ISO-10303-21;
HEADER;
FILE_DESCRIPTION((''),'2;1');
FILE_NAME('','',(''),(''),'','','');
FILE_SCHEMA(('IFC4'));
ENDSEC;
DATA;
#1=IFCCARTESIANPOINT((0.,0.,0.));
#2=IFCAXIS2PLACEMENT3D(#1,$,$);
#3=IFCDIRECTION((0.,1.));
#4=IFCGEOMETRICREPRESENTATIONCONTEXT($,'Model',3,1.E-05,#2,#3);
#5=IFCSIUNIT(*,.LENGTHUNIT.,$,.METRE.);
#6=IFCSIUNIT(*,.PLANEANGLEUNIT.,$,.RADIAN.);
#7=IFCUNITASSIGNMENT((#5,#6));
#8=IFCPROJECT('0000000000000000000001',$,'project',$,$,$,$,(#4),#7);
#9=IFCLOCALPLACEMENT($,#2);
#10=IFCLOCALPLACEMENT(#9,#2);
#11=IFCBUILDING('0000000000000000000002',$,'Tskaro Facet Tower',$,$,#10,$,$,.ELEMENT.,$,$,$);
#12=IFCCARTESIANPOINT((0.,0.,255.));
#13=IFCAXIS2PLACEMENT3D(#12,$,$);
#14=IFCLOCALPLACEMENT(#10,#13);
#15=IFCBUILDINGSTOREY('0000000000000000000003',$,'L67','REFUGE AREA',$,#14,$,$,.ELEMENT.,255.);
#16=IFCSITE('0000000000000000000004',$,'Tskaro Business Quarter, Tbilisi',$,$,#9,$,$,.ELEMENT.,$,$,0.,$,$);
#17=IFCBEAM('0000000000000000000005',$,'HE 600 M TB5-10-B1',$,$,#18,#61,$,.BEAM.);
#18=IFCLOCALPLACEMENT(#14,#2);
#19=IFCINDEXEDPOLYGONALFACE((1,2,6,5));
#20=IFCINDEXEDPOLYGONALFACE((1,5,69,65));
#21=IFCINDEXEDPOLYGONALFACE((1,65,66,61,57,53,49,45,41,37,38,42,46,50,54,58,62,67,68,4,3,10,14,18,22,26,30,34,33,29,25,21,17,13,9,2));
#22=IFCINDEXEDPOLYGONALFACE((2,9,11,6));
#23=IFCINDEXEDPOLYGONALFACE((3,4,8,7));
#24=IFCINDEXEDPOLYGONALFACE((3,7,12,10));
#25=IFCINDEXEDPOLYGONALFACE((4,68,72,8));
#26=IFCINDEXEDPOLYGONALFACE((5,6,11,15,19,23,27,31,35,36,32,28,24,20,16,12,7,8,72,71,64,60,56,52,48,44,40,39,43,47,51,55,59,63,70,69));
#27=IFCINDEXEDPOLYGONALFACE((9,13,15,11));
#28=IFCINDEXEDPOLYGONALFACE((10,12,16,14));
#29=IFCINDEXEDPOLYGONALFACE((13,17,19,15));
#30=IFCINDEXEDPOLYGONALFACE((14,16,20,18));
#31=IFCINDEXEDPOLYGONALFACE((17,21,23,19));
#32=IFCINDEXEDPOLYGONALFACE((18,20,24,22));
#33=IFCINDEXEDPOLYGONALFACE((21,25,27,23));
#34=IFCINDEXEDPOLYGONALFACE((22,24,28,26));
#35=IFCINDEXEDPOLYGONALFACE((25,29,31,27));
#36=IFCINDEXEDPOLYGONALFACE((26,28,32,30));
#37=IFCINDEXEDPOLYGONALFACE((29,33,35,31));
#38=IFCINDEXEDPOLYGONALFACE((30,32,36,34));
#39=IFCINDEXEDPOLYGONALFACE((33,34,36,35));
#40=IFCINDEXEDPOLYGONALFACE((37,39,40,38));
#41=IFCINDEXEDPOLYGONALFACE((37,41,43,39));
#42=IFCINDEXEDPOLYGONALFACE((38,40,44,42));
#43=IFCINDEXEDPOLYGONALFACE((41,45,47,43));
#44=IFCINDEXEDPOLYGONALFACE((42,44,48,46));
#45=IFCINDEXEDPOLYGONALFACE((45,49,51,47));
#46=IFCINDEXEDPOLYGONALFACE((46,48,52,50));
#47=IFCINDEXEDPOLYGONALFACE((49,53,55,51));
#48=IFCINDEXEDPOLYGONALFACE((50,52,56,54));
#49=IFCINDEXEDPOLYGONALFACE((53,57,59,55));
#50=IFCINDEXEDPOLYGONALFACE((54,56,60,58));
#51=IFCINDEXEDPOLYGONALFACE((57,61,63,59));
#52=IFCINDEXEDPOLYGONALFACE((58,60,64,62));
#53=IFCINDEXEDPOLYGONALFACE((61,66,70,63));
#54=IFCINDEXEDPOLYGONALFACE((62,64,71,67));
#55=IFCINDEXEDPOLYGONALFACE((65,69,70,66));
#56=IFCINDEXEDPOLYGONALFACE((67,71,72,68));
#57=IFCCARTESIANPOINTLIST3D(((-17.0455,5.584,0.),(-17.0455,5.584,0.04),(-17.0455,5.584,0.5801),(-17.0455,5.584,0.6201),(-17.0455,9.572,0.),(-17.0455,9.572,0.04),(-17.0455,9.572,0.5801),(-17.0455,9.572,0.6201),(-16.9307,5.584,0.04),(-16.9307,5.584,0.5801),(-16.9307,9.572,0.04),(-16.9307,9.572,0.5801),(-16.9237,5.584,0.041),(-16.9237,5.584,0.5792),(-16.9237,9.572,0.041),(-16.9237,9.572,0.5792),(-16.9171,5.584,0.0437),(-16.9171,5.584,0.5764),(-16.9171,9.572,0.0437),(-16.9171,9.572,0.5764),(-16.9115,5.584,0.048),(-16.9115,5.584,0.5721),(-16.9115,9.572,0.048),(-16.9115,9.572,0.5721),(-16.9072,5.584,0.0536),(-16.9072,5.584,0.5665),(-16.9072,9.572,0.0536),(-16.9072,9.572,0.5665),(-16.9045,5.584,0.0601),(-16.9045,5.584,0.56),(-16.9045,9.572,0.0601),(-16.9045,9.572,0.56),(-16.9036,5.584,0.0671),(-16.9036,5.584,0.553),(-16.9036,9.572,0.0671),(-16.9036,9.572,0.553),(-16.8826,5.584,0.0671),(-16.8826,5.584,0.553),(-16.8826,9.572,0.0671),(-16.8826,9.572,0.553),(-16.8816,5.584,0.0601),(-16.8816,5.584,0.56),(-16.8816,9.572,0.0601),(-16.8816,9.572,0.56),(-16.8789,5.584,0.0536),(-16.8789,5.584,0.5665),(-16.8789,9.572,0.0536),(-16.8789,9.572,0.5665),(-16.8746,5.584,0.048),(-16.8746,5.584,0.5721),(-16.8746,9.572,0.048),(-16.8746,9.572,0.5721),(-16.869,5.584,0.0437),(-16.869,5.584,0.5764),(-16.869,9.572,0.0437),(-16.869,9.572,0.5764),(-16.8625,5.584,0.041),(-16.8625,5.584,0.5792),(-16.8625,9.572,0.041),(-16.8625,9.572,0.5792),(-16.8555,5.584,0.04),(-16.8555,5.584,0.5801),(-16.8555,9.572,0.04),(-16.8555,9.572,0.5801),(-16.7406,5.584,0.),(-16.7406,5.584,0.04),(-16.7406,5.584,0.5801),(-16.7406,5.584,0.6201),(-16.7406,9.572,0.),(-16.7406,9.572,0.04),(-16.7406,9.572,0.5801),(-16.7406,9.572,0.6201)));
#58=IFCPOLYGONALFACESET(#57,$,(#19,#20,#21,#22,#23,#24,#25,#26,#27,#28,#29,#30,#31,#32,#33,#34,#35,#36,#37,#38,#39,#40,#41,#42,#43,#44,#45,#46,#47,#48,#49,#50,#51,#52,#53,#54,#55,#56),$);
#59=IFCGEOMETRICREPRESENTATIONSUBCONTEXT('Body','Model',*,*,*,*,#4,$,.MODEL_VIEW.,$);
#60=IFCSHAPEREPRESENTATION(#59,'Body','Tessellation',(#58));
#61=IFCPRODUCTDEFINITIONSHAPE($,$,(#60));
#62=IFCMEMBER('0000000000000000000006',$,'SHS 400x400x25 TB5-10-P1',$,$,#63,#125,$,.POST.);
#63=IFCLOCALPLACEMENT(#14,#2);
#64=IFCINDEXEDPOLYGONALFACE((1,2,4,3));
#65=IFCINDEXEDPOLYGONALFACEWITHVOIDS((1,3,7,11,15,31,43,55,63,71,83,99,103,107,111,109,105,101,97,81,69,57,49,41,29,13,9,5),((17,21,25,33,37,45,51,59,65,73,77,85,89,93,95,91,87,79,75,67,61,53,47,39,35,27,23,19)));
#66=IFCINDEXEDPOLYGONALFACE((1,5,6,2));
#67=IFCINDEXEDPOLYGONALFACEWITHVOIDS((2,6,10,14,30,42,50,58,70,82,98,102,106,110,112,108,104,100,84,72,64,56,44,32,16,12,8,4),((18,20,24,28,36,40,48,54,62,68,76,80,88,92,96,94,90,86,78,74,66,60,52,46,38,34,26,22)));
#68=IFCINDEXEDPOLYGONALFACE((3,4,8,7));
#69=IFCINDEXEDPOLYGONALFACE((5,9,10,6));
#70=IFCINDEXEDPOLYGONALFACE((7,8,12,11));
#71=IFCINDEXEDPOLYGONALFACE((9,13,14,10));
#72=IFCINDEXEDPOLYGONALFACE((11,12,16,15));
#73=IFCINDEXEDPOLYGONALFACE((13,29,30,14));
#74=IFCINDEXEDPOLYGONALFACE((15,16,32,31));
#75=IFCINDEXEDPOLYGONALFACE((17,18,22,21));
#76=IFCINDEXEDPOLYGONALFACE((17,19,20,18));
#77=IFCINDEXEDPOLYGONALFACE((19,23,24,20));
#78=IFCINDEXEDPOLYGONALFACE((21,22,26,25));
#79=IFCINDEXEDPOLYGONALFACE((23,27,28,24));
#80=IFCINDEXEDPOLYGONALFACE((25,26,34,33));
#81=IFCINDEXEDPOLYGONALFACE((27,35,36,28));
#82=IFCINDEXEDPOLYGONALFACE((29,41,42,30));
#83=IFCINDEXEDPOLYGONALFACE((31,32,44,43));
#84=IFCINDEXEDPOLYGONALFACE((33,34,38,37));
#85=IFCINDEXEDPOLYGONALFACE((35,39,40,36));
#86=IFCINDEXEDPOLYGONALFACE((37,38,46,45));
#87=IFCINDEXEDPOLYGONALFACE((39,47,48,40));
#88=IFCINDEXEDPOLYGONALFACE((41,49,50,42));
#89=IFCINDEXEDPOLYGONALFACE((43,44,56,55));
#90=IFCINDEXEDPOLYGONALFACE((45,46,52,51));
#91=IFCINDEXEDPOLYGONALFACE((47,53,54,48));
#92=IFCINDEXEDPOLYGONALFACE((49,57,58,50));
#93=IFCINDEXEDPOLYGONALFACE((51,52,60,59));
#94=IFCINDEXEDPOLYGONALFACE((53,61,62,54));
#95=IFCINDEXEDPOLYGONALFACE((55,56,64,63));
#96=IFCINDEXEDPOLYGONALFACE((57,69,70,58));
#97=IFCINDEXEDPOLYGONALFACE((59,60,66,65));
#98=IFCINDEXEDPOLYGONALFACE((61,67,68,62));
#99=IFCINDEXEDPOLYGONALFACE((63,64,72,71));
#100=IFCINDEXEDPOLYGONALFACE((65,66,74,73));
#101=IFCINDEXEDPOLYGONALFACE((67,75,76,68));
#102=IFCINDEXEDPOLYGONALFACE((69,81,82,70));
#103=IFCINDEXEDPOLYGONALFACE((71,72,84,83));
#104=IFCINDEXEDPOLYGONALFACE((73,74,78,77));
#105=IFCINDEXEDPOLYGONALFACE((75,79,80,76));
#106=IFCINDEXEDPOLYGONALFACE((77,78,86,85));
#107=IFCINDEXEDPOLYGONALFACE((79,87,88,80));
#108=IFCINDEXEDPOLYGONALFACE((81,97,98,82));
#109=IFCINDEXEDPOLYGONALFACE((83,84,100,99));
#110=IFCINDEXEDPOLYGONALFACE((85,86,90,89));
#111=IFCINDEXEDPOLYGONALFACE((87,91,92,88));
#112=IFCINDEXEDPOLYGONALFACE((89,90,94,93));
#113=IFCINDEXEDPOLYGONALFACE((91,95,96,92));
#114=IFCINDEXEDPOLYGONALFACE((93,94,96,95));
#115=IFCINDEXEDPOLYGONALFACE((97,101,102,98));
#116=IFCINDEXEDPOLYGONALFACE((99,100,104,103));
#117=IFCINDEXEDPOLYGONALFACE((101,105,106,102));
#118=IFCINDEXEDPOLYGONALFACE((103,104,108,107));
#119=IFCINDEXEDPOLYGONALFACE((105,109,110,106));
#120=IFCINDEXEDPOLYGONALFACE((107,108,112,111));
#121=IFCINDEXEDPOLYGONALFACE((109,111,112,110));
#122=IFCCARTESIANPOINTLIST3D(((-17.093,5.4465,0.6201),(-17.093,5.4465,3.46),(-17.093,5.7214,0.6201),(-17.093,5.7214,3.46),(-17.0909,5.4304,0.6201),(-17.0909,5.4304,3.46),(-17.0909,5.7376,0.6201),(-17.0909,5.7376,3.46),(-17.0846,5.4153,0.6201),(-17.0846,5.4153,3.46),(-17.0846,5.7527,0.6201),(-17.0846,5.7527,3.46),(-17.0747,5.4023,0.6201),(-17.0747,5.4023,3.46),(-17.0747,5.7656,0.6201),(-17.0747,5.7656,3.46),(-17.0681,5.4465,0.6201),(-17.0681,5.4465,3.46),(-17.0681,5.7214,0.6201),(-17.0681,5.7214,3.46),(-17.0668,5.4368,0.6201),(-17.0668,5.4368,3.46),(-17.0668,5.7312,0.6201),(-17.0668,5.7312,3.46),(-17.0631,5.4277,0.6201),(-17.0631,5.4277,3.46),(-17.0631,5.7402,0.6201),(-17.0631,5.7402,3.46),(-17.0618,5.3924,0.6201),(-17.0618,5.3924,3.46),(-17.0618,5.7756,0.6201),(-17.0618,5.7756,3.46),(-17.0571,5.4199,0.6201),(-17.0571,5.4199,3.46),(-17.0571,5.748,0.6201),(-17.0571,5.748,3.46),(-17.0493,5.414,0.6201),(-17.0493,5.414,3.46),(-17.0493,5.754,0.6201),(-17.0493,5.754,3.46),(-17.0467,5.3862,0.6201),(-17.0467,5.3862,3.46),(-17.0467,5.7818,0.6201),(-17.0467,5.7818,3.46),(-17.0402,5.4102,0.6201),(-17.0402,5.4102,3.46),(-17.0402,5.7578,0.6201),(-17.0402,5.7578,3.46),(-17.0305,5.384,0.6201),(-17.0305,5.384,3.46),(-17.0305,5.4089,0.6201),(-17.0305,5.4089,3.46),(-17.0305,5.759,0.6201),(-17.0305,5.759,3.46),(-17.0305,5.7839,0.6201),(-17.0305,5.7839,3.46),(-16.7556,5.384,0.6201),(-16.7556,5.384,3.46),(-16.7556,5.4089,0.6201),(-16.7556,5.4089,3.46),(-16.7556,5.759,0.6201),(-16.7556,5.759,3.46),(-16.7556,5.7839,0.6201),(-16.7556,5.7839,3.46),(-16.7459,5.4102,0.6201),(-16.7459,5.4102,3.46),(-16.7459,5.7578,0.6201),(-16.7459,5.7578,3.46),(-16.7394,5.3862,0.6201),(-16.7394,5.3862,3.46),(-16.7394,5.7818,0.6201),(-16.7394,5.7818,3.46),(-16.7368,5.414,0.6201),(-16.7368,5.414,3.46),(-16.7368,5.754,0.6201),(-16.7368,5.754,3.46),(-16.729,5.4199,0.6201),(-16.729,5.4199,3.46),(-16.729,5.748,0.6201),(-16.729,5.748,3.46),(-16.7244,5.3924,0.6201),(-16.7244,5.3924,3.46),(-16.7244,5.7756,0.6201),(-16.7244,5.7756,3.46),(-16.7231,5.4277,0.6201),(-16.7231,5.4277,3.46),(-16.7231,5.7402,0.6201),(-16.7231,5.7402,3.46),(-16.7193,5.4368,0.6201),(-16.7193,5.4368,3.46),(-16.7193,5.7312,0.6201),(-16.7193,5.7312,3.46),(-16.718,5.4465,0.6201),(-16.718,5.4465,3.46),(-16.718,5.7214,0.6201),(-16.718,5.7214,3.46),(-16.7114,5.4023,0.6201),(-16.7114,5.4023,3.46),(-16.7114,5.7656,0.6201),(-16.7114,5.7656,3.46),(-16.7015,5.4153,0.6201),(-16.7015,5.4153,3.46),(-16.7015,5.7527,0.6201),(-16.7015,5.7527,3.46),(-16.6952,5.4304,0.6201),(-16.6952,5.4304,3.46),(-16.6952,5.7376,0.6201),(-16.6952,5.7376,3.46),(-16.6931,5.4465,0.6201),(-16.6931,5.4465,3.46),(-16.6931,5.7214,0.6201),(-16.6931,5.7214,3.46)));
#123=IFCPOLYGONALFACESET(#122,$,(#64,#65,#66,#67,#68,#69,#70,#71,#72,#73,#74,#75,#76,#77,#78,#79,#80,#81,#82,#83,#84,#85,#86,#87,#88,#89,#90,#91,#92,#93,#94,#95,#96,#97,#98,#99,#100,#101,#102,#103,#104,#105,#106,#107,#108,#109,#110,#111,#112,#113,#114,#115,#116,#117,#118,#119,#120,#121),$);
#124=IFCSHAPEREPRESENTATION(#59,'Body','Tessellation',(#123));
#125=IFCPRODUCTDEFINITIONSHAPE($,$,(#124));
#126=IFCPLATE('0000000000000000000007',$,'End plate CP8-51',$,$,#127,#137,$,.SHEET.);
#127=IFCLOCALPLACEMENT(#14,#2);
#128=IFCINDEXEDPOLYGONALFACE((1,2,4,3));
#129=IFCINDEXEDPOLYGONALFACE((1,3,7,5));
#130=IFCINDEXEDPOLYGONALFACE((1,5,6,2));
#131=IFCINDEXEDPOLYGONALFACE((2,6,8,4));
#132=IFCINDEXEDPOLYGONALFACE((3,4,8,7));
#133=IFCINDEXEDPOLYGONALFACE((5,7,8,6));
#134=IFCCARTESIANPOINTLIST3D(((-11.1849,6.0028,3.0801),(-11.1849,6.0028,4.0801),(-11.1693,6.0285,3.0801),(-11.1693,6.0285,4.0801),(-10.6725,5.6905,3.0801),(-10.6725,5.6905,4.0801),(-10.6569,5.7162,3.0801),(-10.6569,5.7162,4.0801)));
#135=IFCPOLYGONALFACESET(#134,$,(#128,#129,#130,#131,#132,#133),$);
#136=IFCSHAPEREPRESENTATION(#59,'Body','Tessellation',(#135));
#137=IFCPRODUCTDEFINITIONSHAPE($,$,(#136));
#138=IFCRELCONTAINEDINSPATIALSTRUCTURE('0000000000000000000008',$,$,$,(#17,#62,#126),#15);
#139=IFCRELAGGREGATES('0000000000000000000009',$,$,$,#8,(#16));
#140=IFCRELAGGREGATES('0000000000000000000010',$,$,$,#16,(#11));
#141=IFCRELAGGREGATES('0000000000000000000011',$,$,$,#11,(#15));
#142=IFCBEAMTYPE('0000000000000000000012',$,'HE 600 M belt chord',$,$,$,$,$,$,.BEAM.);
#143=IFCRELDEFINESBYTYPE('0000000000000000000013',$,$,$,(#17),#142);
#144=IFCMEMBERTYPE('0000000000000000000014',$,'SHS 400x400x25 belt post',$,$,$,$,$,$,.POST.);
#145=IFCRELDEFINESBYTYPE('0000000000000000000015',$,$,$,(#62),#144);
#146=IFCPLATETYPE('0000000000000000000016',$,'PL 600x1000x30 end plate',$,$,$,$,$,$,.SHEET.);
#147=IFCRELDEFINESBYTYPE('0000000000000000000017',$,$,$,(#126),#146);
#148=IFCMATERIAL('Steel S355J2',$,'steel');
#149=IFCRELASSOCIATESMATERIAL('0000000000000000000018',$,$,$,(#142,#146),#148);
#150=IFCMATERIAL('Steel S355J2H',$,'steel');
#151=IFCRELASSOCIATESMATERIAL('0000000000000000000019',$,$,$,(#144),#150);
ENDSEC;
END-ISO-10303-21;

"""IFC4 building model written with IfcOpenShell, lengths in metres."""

from ifc_helpers import new_model, si_unit, direction, frame, origin, origin_2d, place, context, subcontext, project, spatial, rectangle, hollow_rectangle, i_section, extrude, material, material_profile, profile_set, type_object, element, save


model = new_model("IFC4")

# Units and contexts
model_context = context("Model", 3, precision=1e-05, world=origin(), true_north=direction((0.0, 1.0)))
body_context = subcontext(model_context, "Body", "Model", "MODEL_VIEW")
ifc_project = project(units=[si_unit("LENGTHUNIT", "METRE"), si_unit("PLANEANGLEUNIT", "RADIAN")], contexts=[model_context])

# Site, building, storey
site_placement = place(None, origin())
site = spatial("IfcSite", under=ifc_project, at=site_placement, Name="Tskaro Business Quarter, Tbilisi", CompositionType="ELEMENT", RefElevation=0.0)
building_placement = place(site_placement, origin())
building = spatial("IfcBuilding", under=site, at=building_placement, Name="Tskaro Facet Tower", CompositionType="ELEMENT")
storey_placement = place(building_placement, frame((0.0, 0.0, 255.0)))
storey = spatial("IfcBuildingStorey", under=building, at=storey_placement, Name="L67", Description="REFUGE AREA", CompositionType="ELEMENT", Elevation=255.0)

# Shared definitions
ifc_material_1 = material(Name="Steel S355J2", Category="steel")

# Shared definitions
ifc_material_2 = material(Name="Steel S355J2H", Category="steel")

# Beam
ifc_material_profile_1 = material_profile(ifc_material_1, i_section(OverallWidth=0.3049, OverallDepth=0.6201, WebThickness=0.021, FlangeThickness=0.04, FilletRadius=0.0271, at=origin_2d()), Name="HE 600 M")
ifc_profile_set_1 = profile_set([ifc_material_profile_1], Name="Steel S355J2")
beam_type_1 = type_object("IfcBeamType", Name="HE 600 M belt chord", PredefinedType="BEAM", material=ifc_profile_set_1)
for number, where, z_axis, x_axis, name in (
    (1, (-16.8931, 9.572, 0.3101), (0.0, -1.0, 0.0), (1.0, 0.0, 0.0), "HE 600 M TB5-10-B1"),
):
    element("IfcBeam", number, at=place(storey_placement, frame(where, z_axis=z_axis, x_axis=x_axis)), inside=storey, type_object=beam_type_1, Name=name, PredefinedType="BEAM", context=body_context, shape_type="SweptSolid", body=[
        extrude(i_section(OverallWidth=0.3049, OverallDepth=0.6201, WebThickness=0.021, FlangeThickness=0.04, FilletRadius=0.0271, at=origin_2d()), origin(), (0.0, 0.0, 1.0), 3.988),
    ])

# Member
ifc_material_profile_2 = material_profile(ifc_material_2, hollow_rectangle(XDim=0.3999, YDim=0.3999, WallThickness=0.0249, InnerFilletRadius=0.0376, OuterFilletRadius=0.0625, at=origin_2d()), Name="SHS 400x400x25")
ifc_profile_set_2 = profile_set([ifc_material_profile_2], Name="Steel S355J2H")
member_type_1 = type_object("IfcMemberType", Name="SHS 400x400x25 belt post", PredefinedType="POST", material=ifc_profile_set_2)
member_1_placement = place(storey_placement, frame((-16.8931, 5.584, 0.6201), z_axis=(0.0, 0.0, 1.0), x_axis=(1.0, 0.0, 0.0)))
element("IfcMember", 2, at=member_1_placement, inside=storey, type_object=member_type_1, Name="SHS 400x400x25 TB5-10-P1", PredefinedType="POST", context=body_context, shape_type="SweptSolid", body=[
    extrude(hollow_rectangle(XDim=0.3999, YDim=0.3999, WallThickness=0.0249, InnerFilletRadius=0.0376, OuterFilletRadius=0.0625, at=origin_2d()), origin(), (0.0, 0.0, 1.0), 2.8398),
])

# Plate
ifc_material_profile_3 = material_profile(ifc_material_1, rectangle(XDim=0.6001, YDim=1.0, at=origin_2d()), Name="PL 600x1000x30 end plate")
ifc_profile_set_3 = profile_set([ifc_material_profile_3], Name="Steel S355J2")
plate_type = type_object("IfcPlateType", Name="PL 600x1000x30 end plate", PredefinedType="SHEET", material=ifc_profile_set_3)
plate_placement = place(storey_placement, frame((-10.9131, 5.8723, 3.5801), z_axis=(-0.520463, -0.853884, 0.0), x_axis=(0.853884, -0.520463, 0.0)))
element("IfcPlate", 3, at=plate_placement, inside=storey, type_object=plate_type, Name="End plate CP8-51", PredefinedType="SHEET", context=body_context, shape_type="SweptSolid", body=[
    extrude(rectangle(XDim=0.6001, YDim=1.0, at=origin_2d()), origin(), (0.0, 0.0, 1.0), 0.03),
])

save(model, "model.ifc")
